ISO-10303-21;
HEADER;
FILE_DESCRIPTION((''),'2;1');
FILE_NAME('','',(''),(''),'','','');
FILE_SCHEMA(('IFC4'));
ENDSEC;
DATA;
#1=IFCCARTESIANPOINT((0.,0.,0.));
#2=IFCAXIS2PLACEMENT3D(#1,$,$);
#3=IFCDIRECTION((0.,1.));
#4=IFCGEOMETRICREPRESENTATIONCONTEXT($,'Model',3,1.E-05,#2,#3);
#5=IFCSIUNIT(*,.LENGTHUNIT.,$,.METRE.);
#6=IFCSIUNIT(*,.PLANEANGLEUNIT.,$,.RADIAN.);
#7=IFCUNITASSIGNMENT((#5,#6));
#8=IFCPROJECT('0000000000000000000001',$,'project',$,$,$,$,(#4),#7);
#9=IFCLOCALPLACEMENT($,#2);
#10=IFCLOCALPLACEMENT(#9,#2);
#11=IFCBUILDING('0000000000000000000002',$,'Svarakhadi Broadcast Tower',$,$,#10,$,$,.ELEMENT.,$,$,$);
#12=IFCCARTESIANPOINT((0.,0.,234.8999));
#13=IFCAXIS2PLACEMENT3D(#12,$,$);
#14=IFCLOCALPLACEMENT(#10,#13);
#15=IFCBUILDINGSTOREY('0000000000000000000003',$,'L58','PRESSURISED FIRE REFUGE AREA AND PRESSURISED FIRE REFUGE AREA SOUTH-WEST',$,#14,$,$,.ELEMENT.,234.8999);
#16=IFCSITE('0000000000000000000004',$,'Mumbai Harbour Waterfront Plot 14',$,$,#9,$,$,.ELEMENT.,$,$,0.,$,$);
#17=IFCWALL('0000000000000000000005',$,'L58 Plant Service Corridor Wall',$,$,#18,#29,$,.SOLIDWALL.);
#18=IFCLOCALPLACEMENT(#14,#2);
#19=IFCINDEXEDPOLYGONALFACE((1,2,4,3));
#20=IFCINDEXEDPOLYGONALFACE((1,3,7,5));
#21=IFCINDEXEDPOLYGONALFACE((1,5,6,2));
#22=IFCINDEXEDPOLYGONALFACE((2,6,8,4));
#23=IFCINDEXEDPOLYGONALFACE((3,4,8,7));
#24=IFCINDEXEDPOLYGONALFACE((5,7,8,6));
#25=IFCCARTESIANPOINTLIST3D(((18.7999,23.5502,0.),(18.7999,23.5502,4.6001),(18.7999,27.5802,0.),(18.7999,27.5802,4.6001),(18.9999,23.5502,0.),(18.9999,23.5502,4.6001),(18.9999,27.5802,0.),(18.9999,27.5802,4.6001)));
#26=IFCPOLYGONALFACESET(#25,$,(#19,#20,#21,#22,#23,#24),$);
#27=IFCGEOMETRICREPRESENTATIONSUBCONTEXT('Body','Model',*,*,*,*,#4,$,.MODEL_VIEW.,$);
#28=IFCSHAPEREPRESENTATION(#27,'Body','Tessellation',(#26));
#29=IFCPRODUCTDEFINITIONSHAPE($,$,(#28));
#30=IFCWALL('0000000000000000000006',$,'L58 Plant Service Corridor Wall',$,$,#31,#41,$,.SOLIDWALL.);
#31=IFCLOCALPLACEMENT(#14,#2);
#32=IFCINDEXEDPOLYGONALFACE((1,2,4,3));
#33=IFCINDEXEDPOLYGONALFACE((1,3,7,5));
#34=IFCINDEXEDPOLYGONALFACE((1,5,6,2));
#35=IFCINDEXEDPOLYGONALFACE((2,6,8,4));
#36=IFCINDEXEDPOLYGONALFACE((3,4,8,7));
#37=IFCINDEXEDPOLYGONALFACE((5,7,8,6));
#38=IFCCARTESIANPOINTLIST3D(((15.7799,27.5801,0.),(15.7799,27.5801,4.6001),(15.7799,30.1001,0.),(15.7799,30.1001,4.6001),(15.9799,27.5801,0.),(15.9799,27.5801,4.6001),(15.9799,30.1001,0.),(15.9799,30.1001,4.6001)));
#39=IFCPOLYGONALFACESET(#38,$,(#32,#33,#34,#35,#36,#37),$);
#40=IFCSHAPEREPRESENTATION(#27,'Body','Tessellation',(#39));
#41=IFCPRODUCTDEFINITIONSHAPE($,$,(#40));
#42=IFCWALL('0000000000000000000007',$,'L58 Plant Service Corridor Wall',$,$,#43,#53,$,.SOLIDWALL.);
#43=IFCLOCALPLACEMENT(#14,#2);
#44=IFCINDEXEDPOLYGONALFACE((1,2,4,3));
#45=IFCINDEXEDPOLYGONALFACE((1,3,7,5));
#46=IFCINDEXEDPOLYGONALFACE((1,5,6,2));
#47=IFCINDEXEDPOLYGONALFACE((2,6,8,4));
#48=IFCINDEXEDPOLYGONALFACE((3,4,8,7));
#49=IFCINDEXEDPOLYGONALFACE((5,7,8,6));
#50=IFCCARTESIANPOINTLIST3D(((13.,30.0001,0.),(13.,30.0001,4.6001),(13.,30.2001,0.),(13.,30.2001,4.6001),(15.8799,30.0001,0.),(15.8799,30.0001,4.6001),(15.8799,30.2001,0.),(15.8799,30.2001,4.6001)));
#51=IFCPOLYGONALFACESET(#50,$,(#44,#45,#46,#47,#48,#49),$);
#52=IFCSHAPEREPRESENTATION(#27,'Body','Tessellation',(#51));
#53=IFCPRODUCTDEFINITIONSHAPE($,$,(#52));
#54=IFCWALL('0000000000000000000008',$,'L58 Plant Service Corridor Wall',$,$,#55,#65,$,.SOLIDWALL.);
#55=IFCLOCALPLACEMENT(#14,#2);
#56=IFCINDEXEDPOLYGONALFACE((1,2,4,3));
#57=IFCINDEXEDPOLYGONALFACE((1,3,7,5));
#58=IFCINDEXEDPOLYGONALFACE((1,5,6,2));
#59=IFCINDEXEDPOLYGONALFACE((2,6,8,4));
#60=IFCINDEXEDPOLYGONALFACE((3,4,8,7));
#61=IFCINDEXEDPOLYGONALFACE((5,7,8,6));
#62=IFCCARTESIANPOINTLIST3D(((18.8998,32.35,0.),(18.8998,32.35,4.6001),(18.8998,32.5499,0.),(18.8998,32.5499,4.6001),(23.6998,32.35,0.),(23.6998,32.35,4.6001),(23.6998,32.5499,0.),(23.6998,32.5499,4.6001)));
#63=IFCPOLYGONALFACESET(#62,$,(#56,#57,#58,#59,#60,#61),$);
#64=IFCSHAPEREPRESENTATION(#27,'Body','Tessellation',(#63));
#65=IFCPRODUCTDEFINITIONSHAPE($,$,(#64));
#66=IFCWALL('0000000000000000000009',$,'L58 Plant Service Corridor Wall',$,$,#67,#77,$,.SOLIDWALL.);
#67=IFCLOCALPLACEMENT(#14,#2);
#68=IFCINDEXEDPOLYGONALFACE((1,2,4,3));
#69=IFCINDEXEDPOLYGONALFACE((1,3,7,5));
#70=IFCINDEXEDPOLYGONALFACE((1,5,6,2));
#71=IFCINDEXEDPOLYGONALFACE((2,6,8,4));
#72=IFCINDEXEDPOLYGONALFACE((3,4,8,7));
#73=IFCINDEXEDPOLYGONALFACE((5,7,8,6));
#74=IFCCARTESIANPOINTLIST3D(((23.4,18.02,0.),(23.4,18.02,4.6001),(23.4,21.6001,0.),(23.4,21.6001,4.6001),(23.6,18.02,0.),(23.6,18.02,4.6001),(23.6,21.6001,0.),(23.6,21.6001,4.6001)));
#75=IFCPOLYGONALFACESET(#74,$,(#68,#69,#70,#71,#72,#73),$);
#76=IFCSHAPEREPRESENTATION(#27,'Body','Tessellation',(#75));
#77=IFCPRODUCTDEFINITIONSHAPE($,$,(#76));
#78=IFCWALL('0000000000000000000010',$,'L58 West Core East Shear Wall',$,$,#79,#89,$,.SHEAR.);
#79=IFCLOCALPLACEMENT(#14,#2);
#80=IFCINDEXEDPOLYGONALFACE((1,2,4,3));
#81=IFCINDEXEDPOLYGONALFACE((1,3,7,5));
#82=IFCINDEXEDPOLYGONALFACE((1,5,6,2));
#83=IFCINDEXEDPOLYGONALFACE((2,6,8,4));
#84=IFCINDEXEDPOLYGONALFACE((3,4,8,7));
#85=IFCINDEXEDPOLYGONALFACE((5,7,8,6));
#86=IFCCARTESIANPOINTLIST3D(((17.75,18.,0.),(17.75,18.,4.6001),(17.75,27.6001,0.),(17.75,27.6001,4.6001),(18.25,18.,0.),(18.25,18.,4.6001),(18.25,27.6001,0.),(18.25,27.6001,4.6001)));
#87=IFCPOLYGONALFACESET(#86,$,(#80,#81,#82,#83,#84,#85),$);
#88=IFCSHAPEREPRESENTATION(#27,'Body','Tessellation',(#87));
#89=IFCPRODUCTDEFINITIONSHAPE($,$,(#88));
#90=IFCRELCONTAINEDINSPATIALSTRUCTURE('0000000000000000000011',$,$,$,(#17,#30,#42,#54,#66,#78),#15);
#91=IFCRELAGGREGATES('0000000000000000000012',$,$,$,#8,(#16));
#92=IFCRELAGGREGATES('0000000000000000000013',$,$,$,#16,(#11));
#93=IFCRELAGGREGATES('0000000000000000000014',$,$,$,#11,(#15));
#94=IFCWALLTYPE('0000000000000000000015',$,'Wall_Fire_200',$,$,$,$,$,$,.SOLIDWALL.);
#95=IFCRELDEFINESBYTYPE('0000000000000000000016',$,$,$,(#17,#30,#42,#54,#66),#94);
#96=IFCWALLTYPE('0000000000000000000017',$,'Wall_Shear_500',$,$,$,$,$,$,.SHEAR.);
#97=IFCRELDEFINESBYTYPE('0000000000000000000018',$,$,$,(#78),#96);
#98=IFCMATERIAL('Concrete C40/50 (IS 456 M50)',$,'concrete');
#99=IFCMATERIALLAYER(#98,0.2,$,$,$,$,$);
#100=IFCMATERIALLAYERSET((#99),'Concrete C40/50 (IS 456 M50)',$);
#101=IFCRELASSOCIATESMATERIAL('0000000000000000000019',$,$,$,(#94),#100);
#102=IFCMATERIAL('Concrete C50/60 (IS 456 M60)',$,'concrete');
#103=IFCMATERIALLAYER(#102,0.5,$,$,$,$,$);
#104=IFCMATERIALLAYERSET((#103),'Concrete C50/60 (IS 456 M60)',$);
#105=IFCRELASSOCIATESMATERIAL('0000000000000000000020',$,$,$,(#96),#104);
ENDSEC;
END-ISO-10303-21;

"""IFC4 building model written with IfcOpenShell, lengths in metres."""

from ifc_helpers import new_model, si_unit, direction, frame, frame_2d, origin, place, context, subcontext, project, spatial, rectangle, extrude, material, layer, layer_set, type_object, element, save


model = new_model("IFC4")

# Units and contexts
model_context = context("Model", 3, precision=1e-05, world=origin(), true_north=direction((0.0, 1.0)))
body_context = subcontext(model_context, "Body", "Model", "MODEL_VIEW")
ifc_project = project(units=[si_unit("LENGTHUNIT", "METRE"), si_unit("PLANEANGLEUNIT", "RADIAN")], contexts=[model_context])

# Site, building, storey
site_placement = place(None, origin())
site = spatial("IfcSite", under=ifc_project, at=site_placement, Name="Mumbai Harbour Waterfront Plot 14", CompositionType="ELEMENT", RefElevation=0.0)
building_placement = place(site_placement, origin())
building = spatial("IfcBuilding", under=site, at=building_placement, Name="Svarakhadi Broadcast Tower", CompositionType="ELEMENT")
storey_placement = place(building_placement, frame((0.0, 0.0, 234.8999)))
storey = spatial("IfcBuildingStorey", under=building, at=storey_placement, Name="L58", Description="PRESSURISED FIRE REFUGE AREA AND PRESSURISED FIRE REFUGE AREA SOUTH-WEST", CompositionType="ELEMENT", Elevation=234.8999)

# Shared definitions
ifc_material_1 = material(Name="Concrete C50/60 (IS 456 M60)", Category="concrete")

# Walls
ifc_material_2 = material(Name="Concrete C40/50 (IS 456 M50)", Category="concrete")
ifc_layer_1 = layer(ifc_material_2, 0.2)
ifc_layer_set_1 = layer_set([ifc_layer_1], Name="Concrete C40/50 (IS 456 M50)")
wall_type_1 = type_object("IfcWallType", Name="Wall_Fire_200", PredefinedType="SOLIDWALL", material=ifc_layer_set_1)
wall_1_placement = place(storey_placement, frame((18.8999, 23.55, 0.0), z_axis=(0.0, 0.0, 1.0), x_axis=(0.0, 1.0, 0.0)))
element("IfcWall", 1, at=wall_1_placement, inside=storey, type_object=wall_type_1, Name="L58 Plant Service Corridor Wall", PredefinedType="SOLIDWALL", context=body_context, shape_type="SweptSolid", body=[
    extrude(rectangle(XDim=4.03, YDim=0.2, at=frame_2d((2.0151, 0.0))), origin(), (0.0, 0.0, 1.0), 4.6001),
])
wall_2_placement = place(storey_placement, frame((15.8799, 27.5801, 0.0), z_axis=(0.0, 0.0, 1.0), x_axis=(0.0, 1.0, 0.0)))
element("IfcWall", 2, at=wall_2_placement, inside=storey, type_object=wall_type_1, Name="L58 Plant Service Corridor Wall", PredefinedType="SOLIDWALL", context=body_context, shape_type="SweptSolid", body=[
    extrude(rectangle(XDim=2.52, YDim=0.2, at=frame_2d((1.26, 0.0))), origin(), (0.0, 0.0, 1.0), 4.6001),
])
wall_3_placement = place(storey_placement, frame((15.8799, 30.1001, 0.0), z_axis=(0.0, 0.0, 1.0), x_axis=(-1.0, 0.0, 0.0)))
element("IfcWall", 3, at=wall_3_placement, inside=storey, type_object=wall_type_1, Name="L58 Plant Service Corridor Wall", PredefinedType="SOLIDWALL", context=body_context, shape_type="SweptSolid", body=[
    extrude(rectangle(XDim=2.8799, YDim=0.2, at=frame_2d((1.4399, 0.0))), origin(), (0.0, 0.0, 1.0), 4.6001),
])
wall_4_placement = place(storey_placement, frame((18.8999, 32.45, 0.0), z_axis=(0.0, 0.0, 1.0), x_axis=(1.0, 0.0, 0.0)))
element("IfcWall", 4, at=wall_4_placement, inside=storey, type_object=wall_type_1, Name="L58 Plant Service Corridor Wall", PredefinedType="SOLIDWALL", context=body_context, shape_type="SweptSolid", body=[
    extrude(rectangle(XDim=4.8, YDim=0.2, at=frame_2d((2.3999, 0.0))), origin(), (0.0, 0.0, 1.0), 4.6001),
])
wall_5_placement = place(storey_placement, frame((23.5, 21.6001, 0.0), z_axis=(0.0, 0.0, 1.0), x_axis=(0.0, -1.0, 0.0)))
element("IfcWall", 5, at=wall_5_placement, inside=storey, type_object=wall_type_1, Name="L58 Plant Service Corridor Wall", PredefinedType="SOLIDWALL", context=body_context, shape_type="SweptSolid", body=[
    extrude(rectangle(XDim=3.5801, YDim=0.2, at=frame_2d((1.79, 0.0))), origin(), (0.0, 0.0, 1.0), 4.6001),
])

# Wall
ifc_layer_2 = layer(ifc_material_1, 0.5)
ifc_layer_set_2 = layer_set([ifc_layer_2], Name="Concrete C50/60 (IS 456 M60)")
wall_type_2 = type_object("IfcWallType", Name="Wall_Shear_500", PredefinedType="SHEAR", material=ifc_layer_set_2)
wall_6_placement = place(storey_placement, frame((18.0, 18.0, 0.0), z_axis=(0.0, 0.0, 1.0), x_axis=(0.0, 1.0, 0.0)))
element("IfcWall", 6, at=wall_6_placement, inside=storey, type_object=wall_type_2, Name="L58 West Core East Shear Wall", PredefinedType="SHEAR", context=body_context, shape_type="SweptSolid", body=[
    extrude(rectangle(XDim=9.6001, YDim=0.5, at=frame_2d((4.8, 0.0))), origin(), (0.0, 0.0, 1.0), 4.6001),
])

save(model, "model.ifc")
